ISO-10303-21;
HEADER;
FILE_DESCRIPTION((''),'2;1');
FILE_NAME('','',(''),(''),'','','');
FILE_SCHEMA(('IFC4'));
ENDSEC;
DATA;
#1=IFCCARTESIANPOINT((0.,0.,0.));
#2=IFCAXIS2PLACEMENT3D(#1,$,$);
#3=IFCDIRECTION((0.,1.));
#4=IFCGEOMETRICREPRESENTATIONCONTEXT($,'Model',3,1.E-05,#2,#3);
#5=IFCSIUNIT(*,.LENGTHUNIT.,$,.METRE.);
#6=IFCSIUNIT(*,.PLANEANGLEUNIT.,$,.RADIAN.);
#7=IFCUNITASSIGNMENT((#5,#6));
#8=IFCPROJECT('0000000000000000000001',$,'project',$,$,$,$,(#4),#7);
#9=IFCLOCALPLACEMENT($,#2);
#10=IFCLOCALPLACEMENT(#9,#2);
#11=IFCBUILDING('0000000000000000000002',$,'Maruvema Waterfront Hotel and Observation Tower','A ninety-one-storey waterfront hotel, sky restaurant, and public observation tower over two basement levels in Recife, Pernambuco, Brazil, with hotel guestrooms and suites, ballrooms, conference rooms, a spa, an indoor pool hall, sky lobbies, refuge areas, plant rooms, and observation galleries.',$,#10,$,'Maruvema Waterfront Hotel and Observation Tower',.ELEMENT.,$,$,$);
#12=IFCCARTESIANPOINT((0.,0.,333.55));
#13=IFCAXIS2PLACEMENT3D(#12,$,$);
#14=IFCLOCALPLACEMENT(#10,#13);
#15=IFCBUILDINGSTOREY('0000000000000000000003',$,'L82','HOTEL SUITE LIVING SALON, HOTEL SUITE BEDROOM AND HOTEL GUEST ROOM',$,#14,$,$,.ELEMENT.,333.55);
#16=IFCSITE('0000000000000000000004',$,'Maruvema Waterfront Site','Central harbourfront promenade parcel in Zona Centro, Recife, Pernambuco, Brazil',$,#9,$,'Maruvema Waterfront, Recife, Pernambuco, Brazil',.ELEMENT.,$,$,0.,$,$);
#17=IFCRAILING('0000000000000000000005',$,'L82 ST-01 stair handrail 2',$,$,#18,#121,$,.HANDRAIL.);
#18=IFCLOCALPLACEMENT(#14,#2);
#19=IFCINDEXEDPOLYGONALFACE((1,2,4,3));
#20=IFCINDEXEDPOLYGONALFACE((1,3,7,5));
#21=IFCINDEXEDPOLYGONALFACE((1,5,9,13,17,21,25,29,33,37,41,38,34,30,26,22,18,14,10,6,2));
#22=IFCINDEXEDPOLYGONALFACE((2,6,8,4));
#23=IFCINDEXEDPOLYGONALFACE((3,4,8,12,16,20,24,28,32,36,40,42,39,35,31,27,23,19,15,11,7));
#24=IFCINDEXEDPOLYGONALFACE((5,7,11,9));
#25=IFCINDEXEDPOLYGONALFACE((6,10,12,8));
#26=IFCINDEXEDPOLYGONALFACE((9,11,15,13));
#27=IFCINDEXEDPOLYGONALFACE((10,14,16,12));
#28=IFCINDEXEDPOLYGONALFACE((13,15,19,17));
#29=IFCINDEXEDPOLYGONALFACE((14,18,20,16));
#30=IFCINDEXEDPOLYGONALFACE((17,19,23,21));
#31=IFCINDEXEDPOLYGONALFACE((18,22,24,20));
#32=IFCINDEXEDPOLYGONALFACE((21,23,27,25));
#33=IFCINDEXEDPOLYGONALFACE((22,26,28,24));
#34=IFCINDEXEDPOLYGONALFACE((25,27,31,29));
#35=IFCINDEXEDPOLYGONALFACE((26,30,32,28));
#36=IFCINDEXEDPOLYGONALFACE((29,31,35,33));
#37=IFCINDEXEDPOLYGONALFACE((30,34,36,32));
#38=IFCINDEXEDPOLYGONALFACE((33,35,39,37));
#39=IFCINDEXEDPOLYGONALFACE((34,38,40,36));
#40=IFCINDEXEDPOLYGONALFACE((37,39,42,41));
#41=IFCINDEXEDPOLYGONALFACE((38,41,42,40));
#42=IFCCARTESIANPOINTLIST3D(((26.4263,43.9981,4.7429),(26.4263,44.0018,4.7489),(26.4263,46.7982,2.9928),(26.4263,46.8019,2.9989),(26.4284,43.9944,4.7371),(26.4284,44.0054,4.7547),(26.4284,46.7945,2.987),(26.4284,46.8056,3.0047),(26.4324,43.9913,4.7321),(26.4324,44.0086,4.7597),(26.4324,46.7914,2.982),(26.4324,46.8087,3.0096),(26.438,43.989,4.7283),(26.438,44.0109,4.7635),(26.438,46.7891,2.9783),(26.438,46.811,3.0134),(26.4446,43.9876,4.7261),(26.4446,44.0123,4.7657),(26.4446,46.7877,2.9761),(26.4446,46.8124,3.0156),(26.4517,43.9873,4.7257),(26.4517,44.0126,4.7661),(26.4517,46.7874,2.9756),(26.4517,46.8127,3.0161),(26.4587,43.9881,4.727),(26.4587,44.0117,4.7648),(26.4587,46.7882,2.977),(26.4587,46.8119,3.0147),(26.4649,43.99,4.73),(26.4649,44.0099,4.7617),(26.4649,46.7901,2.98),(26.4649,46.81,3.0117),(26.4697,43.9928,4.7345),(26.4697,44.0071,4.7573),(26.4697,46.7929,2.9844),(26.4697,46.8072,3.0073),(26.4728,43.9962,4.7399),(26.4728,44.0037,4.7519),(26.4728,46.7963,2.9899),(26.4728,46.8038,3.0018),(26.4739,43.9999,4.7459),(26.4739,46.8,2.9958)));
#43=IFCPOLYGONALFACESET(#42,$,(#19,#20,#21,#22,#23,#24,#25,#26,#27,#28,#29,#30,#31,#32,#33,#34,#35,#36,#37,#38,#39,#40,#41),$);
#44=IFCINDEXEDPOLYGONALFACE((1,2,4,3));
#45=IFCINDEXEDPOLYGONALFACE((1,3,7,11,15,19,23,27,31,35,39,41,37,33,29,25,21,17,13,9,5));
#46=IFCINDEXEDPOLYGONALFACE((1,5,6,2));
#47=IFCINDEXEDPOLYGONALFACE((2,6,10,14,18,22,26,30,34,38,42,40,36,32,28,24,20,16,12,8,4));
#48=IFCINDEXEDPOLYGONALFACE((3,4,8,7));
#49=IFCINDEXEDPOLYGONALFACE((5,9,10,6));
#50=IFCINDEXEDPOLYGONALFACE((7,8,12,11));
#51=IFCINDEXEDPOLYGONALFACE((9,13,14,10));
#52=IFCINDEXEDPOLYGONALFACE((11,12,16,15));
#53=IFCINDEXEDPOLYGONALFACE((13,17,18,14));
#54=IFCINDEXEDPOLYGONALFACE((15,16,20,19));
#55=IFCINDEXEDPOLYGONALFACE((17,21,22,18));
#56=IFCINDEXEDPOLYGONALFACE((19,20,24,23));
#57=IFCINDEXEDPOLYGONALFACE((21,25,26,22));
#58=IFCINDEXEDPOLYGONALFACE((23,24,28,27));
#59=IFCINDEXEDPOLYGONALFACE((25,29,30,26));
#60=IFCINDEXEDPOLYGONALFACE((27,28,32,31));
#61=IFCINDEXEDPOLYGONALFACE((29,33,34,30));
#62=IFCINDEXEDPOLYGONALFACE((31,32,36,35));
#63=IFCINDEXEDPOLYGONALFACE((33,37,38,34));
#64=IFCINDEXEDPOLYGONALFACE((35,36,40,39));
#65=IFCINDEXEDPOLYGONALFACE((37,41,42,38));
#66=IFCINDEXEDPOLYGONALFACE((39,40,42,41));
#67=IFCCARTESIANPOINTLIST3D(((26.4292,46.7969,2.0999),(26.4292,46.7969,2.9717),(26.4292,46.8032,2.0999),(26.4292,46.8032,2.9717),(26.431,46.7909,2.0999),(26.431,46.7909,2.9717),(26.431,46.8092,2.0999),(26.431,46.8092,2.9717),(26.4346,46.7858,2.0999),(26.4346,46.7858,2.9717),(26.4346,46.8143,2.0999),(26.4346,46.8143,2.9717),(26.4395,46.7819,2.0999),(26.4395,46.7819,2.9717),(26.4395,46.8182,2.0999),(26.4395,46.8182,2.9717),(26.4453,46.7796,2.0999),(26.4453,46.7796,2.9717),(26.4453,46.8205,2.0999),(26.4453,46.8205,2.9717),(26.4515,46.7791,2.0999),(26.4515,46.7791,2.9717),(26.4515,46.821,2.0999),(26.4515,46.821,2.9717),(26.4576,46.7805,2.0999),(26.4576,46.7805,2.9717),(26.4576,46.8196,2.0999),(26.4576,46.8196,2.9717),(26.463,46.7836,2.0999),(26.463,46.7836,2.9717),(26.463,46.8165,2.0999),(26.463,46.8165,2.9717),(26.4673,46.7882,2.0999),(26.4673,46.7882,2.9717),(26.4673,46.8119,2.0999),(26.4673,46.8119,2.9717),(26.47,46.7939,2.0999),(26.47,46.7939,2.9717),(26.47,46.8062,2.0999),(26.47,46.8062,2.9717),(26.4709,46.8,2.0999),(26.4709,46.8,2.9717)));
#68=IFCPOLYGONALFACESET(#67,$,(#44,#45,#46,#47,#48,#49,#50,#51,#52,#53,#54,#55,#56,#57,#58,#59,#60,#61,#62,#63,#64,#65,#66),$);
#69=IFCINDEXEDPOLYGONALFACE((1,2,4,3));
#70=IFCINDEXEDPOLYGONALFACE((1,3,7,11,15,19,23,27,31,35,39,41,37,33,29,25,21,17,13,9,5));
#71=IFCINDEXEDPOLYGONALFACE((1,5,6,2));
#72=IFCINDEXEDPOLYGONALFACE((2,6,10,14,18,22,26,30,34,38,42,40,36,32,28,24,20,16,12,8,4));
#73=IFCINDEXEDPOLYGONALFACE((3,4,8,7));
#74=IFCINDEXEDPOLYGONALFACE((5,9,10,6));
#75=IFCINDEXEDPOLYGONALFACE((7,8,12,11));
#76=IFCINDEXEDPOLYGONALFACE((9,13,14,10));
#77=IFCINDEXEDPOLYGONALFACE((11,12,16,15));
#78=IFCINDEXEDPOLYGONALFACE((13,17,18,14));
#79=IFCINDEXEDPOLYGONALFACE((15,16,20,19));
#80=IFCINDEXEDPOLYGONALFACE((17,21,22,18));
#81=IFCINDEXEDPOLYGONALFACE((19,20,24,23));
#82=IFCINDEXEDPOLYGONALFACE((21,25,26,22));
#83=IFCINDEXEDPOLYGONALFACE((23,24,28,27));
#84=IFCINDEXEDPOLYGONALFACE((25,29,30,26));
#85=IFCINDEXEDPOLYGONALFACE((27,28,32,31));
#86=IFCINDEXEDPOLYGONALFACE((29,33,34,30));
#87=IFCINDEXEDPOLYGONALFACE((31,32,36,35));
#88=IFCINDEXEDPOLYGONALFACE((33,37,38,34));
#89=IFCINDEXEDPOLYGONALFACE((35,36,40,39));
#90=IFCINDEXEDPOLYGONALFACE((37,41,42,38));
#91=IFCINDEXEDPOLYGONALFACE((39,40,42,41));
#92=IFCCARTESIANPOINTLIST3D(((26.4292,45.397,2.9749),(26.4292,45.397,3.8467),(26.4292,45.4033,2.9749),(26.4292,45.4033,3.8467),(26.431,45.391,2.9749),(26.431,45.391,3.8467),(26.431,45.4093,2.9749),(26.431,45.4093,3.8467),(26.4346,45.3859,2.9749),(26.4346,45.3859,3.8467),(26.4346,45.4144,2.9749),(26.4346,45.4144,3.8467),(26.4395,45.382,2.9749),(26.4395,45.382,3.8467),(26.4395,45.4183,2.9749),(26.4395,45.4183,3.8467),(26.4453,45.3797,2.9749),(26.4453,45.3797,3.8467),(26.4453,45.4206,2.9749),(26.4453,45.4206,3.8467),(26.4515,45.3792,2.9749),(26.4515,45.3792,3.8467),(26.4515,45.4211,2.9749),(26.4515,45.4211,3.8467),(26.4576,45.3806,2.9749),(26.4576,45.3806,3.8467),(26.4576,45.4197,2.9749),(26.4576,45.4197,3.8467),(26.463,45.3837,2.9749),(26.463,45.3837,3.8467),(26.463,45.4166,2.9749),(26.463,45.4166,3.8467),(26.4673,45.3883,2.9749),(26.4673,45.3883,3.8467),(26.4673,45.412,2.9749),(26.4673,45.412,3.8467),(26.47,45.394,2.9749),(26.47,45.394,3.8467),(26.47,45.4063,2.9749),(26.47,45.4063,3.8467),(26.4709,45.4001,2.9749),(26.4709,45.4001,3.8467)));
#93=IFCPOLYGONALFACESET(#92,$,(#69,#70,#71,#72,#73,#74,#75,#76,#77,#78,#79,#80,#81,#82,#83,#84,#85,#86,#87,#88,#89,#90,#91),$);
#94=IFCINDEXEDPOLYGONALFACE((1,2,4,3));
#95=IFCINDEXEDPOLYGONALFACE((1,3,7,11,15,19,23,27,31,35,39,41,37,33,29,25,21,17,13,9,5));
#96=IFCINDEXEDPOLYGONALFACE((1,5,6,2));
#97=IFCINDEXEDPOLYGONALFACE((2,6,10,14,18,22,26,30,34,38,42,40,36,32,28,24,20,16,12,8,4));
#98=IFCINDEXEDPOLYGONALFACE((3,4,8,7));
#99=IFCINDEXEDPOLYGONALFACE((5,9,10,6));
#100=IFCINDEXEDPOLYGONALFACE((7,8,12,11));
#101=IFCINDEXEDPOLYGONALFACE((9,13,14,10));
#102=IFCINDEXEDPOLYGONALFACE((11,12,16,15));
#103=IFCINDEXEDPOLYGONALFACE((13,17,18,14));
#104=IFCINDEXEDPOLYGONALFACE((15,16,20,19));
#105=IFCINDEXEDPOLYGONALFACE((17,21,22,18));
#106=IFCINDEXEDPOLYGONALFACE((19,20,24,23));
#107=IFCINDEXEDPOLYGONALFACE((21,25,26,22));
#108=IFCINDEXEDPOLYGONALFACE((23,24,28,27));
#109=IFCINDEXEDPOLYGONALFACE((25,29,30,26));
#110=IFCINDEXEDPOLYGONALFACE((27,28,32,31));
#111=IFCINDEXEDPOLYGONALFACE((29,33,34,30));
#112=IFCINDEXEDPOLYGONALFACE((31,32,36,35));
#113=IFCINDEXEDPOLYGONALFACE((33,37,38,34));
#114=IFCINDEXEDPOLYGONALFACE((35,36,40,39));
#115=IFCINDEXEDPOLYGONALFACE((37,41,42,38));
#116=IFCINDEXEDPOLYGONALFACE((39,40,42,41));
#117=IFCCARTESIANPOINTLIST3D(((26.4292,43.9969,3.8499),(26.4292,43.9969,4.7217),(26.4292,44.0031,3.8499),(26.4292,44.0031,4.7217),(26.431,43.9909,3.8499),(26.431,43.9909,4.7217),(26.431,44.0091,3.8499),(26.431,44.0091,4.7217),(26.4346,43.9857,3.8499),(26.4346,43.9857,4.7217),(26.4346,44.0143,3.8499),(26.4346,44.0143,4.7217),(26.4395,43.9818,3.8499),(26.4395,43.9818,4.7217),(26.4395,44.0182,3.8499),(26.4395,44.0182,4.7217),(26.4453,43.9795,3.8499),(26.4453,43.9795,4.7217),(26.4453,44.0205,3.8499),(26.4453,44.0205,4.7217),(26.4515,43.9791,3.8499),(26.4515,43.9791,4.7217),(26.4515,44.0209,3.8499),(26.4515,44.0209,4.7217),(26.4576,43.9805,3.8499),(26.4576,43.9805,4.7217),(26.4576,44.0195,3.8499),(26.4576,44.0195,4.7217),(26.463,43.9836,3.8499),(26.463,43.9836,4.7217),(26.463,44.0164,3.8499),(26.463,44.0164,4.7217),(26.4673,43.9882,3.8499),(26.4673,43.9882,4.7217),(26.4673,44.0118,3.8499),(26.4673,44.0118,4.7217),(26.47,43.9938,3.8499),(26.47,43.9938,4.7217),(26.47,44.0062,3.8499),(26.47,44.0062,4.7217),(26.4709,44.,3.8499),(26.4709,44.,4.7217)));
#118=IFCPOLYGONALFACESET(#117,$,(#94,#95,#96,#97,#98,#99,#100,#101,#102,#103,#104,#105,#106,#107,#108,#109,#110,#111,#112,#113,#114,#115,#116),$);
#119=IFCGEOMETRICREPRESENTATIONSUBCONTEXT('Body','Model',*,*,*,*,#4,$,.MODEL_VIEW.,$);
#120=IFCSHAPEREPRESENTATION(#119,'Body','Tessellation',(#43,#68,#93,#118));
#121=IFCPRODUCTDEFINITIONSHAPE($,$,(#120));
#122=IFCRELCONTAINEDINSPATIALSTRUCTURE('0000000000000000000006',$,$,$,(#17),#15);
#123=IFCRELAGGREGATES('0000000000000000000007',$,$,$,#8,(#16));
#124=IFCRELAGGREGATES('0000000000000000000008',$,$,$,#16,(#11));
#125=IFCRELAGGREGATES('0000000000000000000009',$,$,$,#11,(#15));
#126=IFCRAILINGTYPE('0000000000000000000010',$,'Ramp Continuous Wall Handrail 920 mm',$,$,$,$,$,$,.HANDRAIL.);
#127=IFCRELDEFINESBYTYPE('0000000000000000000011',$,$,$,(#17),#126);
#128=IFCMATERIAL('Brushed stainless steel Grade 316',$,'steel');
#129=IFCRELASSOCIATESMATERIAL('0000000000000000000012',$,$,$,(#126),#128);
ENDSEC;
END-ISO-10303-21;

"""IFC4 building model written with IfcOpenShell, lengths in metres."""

from ifc_helpers import new_model, si_unit, direction, frame, origin, origin_2d, place, context, subcontext, project, spatial, circle, extrude, material, type_object, element, save


model = new_model("IFC4")

# Units and contexts
model_context = context("Model", 3, precision=1e-05, world=origin(), true_north=direction((0.0, 1.0)))
body_context = subcontext(model_context, "Body", "Model", "MODEL_VIEW")
ifc_project = project(units=[si_unit("LENGTHUNIT", "METRE"), si_unit("PLANEANGLEUNIT", "RADIAN")], contexts=[model_context])

# Site, building, storey
site_placement = place(None, origin())
site = spatial("IfcSite", under=ifc_project, at=site_placement, Name="Maruvema Waterfront Site", Description="Central harbourfront promenade parcel in Zona Centro, Recife, Pernambuco, Brazil", LongName="Maruvema Waterfront, Recife, Pernambuco, Brazil", CompositionType="ELEMENT", RefElevation=0.0)
building_placement = place(site_placement, origin())
building = spatial("IfcBuilding", under=site, at=building_placement, Name="Maruvema Waterfront Hotel and Observation Tower", Description="A ninety-one-storey waterfront hotel, sky restaurant, and public observation tower over two basement levels in Recife, Pernambuco, Brazil, with hotel guestrooms and suites, ballrooms, conference rooms, a spa, an indoor pool hall, sky lobbies, refuge areas, plant rooms, and observation galleries.", LongName="Maruvema Waterfront Hotel and Observation Tower", CompositionType="ELEMENT")
storey_placement = place(building_placement, frame((0.0, 0.0, 333.55)))
storey = spatial("IfcBuildingStorey", under=building, at=storey_placement, Name="L82", Description="HOTEL SUITE LIVING SALON, HOTEL SUITE BEDROOM AND HOTEL GUEST ROOM", CompositionType="ELEMENT", Elevation=333.55)

# Railing
ifc_material_1 = material(Name="Brushed stainless steel Grade 316", Category="steel")
railing_type_1 = type_object("IfcRailingType", Name="Ramp Continuous Wall Handrail 920 mm", PredefinedType="HANDRAIL", material=ifc_material_1)
railing_1_placement = place(storey_placement, frame((26.45, 46.8, 2.0999)))
element("IfcRailing", 1, at=railing_1_placement, inside=storey, type_object=railing_type_1, Name="L82 ST-01 stair handrail 2", PredefinedType="HANDRAIL", context=body_context, shape_type="SweptSolid", body=[
    extrude(circle(Radius=0.0239, at=origin_2d()), frame((0.0, 0.0, 0.896), z_axis=(0.0, -0.848002, 0.529992), x_axis=(1.0, 0.0, 0.0)), (0.0, 0.0, 1.0), 3.302),
    extrude(circle(Radius=0.021, at=origin_2d()), origin(), (0.0, 0.0, 1.0), 0.8718),
    extrude(circle(Radius=0.021, at=origin_2d()), frame((0.0, -1.3999, 0.875)), (0.0, 0.0, 1.0), 0.8718),
    extrude(circle(Radius=0.021, at=origin_2d()), frame((0.0, -2.8, 1.75)), (0.0, 0.0, 1.0), 0.8718),
])

save(model, "model.ifc")
